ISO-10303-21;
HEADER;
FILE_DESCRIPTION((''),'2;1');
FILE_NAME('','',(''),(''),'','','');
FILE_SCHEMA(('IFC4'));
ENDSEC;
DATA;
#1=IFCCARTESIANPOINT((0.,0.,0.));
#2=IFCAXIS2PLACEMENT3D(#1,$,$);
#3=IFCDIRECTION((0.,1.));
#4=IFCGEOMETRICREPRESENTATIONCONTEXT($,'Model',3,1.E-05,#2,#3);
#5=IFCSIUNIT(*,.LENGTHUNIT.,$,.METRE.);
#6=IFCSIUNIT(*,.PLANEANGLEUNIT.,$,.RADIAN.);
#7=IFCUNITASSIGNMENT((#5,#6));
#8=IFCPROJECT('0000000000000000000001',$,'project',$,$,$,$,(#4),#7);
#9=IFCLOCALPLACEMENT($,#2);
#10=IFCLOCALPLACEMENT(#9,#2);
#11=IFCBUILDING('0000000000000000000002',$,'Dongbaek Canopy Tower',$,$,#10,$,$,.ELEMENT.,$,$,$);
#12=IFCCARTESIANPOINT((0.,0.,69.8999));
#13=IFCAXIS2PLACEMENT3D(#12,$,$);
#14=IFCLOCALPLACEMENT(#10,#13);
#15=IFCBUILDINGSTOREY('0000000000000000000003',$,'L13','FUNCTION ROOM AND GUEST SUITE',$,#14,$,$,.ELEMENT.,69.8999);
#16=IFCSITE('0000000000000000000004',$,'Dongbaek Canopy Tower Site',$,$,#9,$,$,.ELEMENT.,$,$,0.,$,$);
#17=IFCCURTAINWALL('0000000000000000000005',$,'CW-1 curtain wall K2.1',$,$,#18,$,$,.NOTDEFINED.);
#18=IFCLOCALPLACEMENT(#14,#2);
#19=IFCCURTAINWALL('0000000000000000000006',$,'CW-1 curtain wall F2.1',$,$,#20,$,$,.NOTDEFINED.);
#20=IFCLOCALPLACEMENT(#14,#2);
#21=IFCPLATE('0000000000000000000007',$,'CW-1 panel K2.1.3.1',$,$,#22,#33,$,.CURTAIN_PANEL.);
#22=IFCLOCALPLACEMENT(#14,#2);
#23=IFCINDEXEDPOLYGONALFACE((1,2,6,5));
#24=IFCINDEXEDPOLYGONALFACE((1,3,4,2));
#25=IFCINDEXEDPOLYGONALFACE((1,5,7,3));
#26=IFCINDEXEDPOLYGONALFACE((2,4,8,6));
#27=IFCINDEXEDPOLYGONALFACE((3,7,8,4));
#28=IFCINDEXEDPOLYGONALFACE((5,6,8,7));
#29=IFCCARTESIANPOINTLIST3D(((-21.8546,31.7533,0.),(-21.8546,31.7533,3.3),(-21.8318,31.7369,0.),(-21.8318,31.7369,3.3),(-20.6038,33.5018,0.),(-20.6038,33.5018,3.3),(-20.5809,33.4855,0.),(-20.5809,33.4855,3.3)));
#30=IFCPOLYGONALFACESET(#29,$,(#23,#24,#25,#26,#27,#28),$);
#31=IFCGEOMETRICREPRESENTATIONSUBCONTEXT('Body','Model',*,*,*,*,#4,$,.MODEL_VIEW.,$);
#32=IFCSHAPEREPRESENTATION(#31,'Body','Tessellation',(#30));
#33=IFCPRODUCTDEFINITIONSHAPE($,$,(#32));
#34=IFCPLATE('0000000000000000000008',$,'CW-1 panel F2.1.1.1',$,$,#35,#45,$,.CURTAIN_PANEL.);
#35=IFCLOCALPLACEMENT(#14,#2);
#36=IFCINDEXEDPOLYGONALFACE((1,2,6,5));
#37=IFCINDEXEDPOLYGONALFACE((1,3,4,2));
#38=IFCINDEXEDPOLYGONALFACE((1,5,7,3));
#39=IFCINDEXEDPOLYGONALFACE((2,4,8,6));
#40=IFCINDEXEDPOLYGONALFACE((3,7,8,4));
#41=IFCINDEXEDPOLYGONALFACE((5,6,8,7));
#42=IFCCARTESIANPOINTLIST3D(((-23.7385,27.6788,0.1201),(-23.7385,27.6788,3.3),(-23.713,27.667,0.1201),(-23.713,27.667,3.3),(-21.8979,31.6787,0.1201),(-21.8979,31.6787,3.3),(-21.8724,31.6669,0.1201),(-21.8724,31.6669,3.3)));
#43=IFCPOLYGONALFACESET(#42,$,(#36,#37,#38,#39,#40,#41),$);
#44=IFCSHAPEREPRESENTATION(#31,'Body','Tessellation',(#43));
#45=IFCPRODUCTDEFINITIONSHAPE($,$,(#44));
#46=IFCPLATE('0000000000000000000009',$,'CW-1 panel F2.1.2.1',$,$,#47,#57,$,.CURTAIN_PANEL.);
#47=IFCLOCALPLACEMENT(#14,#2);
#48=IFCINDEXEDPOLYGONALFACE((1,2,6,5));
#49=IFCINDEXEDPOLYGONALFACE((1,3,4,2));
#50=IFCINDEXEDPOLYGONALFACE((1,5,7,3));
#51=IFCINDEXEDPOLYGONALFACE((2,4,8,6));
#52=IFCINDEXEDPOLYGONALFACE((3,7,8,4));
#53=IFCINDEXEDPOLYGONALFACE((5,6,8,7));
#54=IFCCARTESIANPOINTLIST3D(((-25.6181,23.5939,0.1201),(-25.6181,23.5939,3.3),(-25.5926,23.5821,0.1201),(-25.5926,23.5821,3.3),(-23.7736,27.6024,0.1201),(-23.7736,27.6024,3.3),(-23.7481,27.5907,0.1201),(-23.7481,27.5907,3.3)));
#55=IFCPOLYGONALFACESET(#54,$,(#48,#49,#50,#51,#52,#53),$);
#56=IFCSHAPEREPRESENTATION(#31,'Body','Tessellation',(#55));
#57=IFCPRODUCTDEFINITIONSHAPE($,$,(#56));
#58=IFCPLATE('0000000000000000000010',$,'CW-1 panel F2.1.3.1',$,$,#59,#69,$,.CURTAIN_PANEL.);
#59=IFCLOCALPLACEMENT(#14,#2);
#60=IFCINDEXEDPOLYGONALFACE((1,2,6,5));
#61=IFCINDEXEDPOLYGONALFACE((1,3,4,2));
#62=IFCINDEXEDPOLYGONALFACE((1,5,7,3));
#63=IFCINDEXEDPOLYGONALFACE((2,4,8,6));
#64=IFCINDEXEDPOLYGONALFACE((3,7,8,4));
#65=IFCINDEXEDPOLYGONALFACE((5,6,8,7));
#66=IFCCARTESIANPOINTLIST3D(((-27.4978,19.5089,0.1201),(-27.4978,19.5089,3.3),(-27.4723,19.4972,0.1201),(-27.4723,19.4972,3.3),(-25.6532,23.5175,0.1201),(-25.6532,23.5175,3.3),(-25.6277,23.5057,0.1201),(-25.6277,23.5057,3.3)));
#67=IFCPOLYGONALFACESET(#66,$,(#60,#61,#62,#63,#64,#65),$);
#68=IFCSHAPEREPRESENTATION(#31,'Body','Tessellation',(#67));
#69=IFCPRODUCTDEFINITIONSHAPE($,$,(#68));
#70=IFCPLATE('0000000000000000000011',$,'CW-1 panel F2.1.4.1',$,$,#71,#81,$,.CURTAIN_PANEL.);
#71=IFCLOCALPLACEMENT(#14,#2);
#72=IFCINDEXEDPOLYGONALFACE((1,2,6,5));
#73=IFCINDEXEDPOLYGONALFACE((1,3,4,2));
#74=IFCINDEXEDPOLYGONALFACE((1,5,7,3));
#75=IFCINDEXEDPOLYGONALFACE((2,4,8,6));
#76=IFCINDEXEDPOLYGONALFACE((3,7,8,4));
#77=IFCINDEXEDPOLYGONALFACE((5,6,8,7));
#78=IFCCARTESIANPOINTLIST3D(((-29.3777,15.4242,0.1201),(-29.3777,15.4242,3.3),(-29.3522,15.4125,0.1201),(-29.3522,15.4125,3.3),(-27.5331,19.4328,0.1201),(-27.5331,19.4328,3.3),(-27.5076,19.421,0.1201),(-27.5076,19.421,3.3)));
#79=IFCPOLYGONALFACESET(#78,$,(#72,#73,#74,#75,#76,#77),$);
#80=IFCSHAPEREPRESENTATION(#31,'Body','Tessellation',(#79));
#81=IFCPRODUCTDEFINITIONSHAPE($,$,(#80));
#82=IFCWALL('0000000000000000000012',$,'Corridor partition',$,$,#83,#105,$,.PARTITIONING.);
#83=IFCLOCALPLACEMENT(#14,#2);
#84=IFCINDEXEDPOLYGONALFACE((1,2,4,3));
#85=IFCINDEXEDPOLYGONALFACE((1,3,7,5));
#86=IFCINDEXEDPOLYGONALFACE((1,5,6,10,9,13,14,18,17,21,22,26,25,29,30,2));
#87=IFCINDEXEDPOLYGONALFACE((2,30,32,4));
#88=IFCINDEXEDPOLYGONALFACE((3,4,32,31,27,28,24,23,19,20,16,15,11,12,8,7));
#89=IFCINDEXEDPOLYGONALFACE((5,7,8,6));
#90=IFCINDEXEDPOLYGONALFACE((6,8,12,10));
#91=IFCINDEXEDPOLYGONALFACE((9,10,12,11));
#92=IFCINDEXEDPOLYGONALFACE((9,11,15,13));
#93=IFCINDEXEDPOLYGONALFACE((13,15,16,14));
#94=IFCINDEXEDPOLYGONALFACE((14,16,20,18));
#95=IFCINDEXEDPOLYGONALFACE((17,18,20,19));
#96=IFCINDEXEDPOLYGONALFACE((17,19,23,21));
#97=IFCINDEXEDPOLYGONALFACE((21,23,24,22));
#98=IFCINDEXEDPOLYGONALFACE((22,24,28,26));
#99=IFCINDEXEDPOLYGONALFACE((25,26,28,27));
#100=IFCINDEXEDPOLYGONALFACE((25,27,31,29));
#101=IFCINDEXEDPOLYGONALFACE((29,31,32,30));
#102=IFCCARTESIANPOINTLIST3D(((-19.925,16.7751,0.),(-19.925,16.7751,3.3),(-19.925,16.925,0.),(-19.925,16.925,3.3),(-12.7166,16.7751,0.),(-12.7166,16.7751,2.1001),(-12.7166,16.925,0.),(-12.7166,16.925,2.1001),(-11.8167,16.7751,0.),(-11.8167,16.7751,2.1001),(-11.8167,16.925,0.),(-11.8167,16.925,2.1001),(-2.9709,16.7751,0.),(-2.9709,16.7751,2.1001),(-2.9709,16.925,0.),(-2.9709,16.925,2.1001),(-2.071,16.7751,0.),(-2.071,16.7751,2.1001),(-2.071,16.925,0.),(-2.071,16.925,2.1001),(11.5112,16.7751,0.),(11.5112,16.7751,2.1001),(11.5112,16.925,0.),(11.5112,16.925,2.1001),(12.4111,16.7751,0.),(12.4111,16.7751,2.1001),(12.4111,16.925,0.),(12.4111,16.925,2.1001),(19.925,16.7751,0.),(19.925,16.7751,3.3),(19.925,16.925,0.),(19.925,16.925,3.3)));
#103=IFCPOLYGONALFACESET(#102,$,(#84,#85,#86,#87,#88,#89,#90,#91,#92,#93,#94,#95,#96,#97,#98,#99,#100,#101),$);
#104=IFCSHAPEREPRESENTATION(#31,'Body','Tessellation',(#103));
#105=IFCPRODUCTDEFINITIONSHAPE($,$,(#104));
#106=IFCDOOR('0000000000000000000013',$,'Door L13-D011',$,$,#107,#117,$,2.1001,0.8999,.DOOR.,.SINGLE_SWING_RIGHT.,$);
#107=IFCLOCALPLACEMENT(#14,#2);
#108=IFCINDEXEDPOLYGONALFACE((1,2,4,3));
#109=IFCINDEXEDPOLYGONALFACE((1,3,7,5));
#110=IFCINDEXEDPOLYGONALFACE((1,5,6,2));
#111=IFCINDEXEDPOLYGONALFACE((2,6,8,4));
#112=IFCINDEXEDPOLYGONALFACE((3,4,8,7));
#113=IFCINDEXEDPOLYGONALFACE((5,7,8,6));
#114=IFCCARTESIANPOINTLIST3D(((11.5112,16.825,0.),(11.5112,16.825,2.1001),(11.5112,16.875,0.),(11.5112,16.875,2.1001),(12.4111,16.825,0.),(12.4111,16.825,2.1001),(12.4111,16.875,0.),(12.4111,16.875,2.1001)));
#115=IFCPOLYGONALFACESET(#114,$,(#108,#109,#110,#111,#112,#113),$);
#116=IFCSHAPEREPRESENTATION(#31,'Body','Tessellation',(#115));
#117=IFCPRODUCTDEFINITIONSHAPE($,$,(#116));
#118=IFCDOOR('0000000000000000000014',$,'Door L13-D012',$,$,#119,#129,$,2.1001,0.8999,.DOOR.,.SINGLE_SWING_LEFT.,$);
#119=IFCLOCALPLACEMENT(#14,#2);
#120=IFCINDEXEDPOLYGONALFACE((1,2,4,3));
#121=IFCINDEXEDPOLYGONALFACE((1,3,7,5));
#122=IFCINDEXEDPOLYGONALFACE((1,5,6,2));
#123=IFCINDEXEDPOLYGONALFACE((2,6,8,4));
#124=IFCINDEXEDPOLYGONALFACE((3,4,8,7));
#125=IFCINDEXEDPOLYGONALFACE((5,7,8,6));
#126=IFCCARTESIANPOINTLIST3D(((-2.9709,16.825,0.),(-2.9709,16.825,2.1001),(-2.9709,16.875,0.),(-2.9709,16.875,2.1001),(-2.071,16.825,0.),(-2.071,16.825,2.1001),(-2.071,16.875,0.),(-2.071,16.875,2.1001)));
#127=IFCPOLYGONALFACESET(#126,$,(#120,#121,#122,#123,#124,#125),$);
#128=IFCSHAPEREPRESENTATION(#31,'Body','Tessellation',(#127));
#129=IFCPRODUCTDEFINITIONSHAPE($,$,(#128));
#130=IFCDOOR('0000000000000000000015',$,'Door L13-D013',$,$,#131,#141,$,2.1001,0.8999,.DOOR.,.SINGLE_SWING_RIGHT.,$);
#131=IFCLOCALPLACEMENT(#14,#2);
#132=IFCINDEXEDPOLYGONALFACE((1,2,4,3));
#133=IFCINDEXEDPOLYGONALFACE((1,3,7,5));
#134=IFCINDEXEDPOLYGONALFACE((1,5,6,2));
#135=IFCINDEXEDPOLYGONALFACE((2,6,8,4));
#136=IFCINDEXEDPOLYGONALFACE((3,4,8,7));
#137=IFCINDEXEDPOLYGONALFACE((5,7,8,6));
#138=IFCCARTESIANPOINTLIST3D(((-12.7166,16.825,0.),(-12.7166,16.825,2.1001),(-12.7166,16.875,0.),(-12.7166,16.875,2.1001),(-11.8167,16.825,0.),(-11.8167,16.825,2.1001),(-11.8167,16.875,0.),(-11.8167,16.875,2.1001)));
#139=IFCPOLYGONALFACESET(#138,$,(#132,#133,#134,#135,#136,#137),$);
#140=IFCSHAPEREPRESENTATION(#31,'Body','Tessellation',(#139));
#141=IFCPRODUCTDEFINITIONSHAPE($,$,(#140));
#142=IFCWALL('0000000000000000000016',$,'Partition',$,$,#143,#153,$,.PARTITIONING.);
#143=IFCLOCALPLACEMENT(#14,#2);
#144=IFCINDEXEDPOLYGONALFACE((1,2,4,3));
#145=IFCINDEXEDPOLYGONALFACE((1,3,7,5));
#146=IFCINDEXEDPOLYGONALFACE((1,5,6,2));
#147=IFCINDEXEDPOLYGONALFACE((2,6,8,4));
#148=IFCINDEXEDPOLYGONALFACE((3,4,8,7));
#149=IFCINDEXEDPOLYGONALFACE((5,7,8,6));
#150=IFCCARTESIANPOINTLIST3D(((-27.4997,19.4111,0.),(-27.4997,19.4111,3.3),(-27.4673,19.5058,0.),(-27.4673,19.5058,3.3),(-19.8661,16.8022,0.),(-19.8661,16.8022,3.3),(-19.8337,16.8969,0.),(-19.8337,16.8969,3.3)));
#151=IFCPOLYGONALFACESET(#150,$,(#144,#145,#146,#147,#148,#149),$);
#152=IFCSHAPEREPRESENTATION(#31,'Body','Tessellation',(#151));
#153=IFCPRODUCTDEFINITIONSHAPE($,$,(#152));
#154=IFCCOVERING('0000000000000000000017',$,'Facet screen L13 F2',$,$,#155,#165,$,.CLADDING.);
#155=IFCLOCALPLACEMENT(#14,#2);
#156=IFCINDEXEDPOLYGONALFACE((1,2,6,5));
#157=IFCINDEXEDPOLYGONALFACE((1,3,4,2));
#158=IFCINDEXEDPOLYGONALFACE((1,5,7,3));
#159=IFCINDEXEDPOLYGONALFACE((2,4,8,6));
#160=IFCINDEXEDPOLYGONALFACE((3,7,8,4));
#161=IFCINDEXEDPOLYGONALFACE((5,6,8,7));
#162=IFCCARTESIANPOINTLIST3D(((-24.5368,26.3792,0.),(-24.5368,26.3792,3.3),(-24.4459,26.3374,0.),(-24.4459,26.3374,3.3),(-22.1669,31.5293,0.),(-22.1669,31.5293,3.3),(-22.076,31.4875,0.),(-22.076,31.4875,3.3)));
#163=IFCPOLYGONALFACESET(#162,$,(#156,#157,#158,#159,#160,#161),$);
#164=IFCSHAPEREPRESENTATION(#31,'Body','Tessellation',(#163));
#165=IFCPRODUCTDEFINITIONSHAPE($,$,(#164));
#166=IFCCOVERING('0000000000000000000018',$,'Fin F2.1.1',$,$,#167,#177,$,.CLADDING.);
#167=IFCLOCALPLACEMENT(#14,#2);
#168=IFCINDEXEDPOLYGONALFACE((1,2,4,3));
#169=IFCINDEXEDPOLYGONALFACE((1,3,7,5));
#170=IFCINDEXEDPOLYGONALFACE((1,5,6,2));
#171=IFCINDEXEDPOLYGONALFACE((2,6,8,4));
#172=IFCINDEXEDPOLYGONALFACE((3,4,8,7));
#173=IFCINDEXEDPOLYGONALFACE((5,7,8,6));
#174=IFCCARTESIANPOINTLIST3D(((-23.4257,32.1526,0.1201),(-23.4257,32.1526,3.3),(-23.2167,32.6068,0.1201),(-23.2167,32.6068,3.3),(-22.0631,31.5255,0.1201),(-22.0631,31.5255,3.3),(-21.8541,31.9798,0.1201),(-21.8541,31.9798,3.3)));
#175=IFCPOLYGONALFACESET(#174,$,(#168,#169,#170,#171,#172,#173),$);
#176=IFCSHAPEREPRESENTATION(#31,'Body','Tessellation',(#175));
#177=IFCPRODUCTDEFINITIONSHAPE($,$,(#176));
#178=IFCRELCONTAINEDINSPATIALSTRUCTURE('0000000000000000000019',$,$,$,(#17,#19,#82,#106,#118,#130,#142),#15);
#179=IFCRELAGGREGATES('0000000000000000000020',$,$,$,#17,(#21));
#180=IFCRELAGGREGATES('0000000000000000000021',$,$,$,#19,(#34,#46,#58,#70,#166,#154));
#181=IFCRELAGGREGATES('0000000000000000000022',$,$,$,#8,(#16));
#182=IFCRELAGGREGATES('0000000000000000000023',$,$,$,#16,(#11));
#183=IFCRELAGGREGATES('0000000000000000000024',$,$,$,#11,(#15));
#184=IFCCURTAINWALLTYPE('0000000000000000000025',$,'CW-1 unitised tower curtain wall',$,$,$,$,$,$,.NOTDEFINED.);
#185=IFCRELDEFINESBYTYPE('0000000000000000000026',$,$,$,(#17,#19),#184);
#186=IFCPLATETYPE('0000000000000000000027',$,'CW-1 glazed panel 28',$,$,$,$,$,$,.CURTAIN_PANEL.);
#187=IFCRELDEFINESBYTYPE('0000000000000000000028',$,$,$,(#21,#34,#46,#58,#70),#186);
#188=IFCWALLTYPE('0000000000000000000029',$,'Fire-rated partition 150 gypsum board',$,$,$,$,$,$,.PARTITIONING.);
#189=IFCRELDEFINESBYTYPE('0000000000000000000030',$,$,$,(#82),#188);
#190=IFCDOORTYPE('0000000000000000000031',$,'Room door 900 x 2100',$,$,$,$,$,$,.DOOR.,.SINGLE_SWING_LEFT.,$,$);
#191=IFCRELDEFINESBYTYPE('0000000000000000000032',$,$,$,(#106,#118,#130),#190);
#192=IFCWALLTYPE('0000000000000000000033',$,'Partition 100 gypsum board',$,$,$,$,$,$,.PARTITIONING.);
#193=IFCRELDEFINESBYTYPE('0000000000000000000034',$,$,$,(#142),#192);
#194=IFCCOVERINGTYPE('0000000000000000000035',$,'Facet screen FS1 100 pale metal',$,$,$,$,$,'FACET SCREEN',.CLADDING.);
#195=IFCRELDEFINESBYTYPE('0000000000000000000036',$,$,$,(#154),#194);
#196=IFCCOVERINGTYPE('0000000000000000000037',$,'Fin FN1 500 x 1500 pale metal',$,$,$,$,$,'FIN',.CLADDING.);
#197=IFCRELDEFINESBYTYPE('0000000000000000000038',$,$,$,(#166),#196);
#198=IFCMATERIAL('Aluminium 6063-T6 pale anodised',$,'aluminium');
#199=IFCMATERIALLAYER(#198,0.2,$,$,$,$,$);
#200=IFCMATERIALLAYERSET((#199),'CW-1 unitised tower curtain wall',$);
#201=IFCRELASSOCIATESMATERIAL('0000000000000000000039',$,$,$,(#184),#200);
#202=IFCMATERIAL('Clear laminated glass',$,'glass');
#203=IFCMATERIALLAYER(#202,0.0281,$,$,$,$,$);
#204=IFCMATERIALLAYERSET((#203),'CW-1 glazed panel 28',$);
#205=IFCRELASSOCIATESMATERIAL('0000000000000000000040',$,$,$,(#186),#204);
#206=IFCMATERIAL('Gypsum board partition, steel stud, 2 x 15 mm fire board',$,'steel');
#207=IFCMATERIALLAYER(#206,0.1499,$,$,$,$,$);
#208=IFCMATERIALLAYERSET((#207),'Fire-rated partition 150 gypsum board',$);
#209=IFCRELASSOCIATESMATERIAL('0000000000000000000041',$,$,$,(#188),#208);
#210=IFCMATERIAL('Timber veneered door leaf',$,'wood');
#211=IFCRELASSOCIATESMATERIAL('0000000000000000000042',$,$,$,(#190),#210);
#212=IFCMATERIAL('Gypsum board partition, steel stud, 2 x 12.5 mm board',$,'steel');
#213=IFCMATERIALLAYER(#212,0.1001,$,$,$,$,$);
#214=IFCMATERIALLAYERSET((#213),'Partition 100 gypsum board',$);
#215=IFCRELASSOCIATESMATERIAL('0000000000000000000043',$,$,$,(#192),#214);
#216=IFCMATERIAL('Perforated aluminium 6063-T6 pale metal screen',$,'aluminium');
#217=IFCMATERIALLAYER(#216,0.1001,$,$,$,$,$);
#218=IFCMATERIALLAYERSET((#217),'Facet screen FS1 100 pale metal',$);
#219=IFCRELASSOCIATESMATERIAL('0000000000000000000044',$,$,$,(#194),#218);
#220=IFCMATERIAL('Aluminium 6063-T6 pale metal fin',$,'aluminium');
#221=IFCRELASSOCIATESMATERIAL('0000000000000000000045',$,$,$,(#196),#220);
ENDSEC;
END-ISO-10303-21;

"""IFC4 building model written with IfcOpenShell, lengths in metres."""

from ifc_helpers import new_model, si_unit, direction, frame, frame_2d, origin, origin_2d, place, context, subcontext, project, spatial, rectangle, extrude, material, layer, layer_set, material_profile, profile_set, type_object, element, fill, aggregate, save


model = new_model("IFC4")

# Units and contexts
model_context = context("Model", 3, precision=1e-05, world=origin(), true_north=direction((0.0, 1.0)))
body_context = subcontext(model_context, "Body", "Model", "MODEL_VIEW")
ifc_project = project(units=[si_unit("LENGTHUNIT", "METRE"), si_unit("PLANEANGLEUNIT", "RADIAN")], contexts=[model_context])

# Site, building, storey
site_placement = place(None, origin())
site = spatial("IfcSite", under=ifc_project, at=site_placement, Name="Dongbaek Canopy Tower Site", CompositionType="ELEMENT", RefElevation=0.0)
building_placement = place(site_placement, origin())
building = spatial("IfcBuilding", under=site, at=building_placement, Name="Dongbaek Canopy Tower", CompositionType="ELEMENT")
storey_placement = place(building_placement, frame((0.0, 0.0, 69.8999)))
storey = spatial("IfcBuildingStorey", under=building, at=storey_placement, Name="L13", Description="FUNCTION ROOM AND GUEST SUITE", CompositionType="ELEMENT", Elevation=69.8999)

# Curtain walls
ifc_material_1 = material(Name="Aluminium 6063-T6 pale anodised", Category="aluminium")
ifc_layer_1 = layer(ifc_material_1, 0.2)
ifc_layer_set_1 = layer_set([ifc_layer_1], Name="CW-1 unitised tower curtain wall")
curtain_wall_type = type_object("IfcCurtainWallType", Name="CW-1 unitised tower curtain wall", PredefinedType="NOTDEFINED", material=ifc_layer_set_1)
curtain_wall_1_placement = place(storey_placement, origin())
curtain_wall_1 = element("IfcCurtainWall", 1, at=curtain_wall_1_placement, inside=storey, type_object=curtain_wall_type, Name="CW-1 curtain wall K2.1", PredefinedType="NOTDEFINED")
curtain_wall_2_placement = place(storey_placement, origin())
curtain_wall_2 = element("IfcCurtainWall", 2, at=curtain_wall_2_placement, inside=storey, type_object=curtain_wall_type, Name="CW-1 curtain wall F2.1", PredefinedType="NOTDEFINED")

# Plates
ifc_material_2 = material(Name="Clear laminated glass", Category="glass")
ifc_layer_2 = layer(ifc_material_2, 0.0281)
ifc_layer_set_2 = layer_set([ifc_layer_2], Name="CW-1 glazed panel 28")
plate_type = type_object("IfcPlateType", Name="CW-1 glazed panel 28", PredefinedType="CURTAIN_PANEL", material=ifc_layer_set_2)
plate_1_placement = place(storey_placement, frame((-21.2178, 32.6194, 0.0), z_axis=(0.0, 0.0, 1.0), x_axis=(-0.58181, -0.813325, 0.0)))
plate_1 = element("IfcPlate", 3, at=plate_1_placement, type_object=plate_type, Name="CW-1 panel K2.1.3.1", PredefinedType="CURTAIN_PANEL", context=body_context, shape_type="SweptSolid", body=[
    extrude(rectangle(XDim=2.1499, YDim=0.0281, at=origin_2d()), origin(), (0.0, 0.0, 1.0), 3.3),
])
aggregate(curtain_wall_1, [plate_1])
plate_2_placement = place(storey_placement, frame((-22.8054, 29.6729, 0.1201), z_axis=(0.0, 0.0, 1.0), x_axis=(-0.418025, -0.908436, 0.0)))
plate_2 = element("IfcPlate", 4, at=plate_2_placement, type_object=plate_type, Name="CW-1 panel F2.1.1.1", PredefinedType="CURTAIN_PANEL", context=body_context, shape_type="SweptSolid", body=[
    extrude(rectangle(XDim=4.4031, YDim=0.0281, at=origin_2d()), origin(), (0.0, 0.0, 1.0), 3.1799),
])
plate_3_placement = place(storey_placement, frame((-24.6831, 25.5923, 0.1201), z_axis=(0.0, 0.0, 1.0), x_axis=(-0.418025, -0.908436, 0.0)))
plate_3 = element("IfcPlate", 5, at=plate_3_placement, type_object=plate_type, Name="CW-1 panel F2.1.2.1", PredefinedType="CURTAIN_PANEL", context=body_context, shape_type="SweptSolid", body=[
    extrude(rectangle(XDim=4.4126, YDim=0.0281, at=origin_2d()), origin(), (0.0, 0.0, 1.0), 3.1799),
])
plate_4_placement = place(storey_placement, frame((-26.5627, 21.5073, 0.1201), z_axis=(0.0, 0.0, 1.0), x_axis=(-0.418025, -0.908436, 0.0)))
plate_4 = element("IfcPlate", 6, at=plate_4_placement, type_object=plate_type, Name="CW-1 panel F2.1.3.1", PredefinedType="CURTAIN_PANEL", context=body_context, shape_type="SweptSolid", body=[
    extrude(rectangle(XDim=4.4126, YDim=0.0281, at=origin_2d()), origin(), (0.0, 0.0, 1.0), 3.1799),
])
plate_5_placement = place(storey_placement, frame((-28.4426, 17.4226, 0.1201), z_axis=(0.0, 0.0, 1.0), x_axis=(-0.418025, -0.908436, 0.0)))
plate_5 = element("IfcPlate", 7, at=plate_5_placement, type_object=plate_type, Name="CW-1 panel F2.1.4.1", PredefinedType="CURTAIN_PANEL", context=body_context, shape_type="SweptSolid", body=[
    extrude(rectangle(XDim=4.4126, YDim=0.0281, at=origin_2d()), origin(), (0.0, 0.0, 1.0), 3.1799),
])

# Wall, openings, doors
ifc_material_3 = material(Name="Gypsum board partition, steel stud, 2 x 15 mm fire board", Category="steel")
ifc_layer_3 = layer(ifc_material_3, 0.1499)
ifc_layer_set_3 = layer_set([ifc_layer_3], Name="Fire-rated partition 150 gypsum board")
wall_type_1 = type_object("IfcWallType", Name="Fire-rated partition 150 gypsum board", PredefinedType="PARTITIONING", material=ifc_layer_set_3)
wall_1_placement = place(storey_placement, frame((-19.925, 16.8501, 0.0), z_axis=(0.0, 0.0, 1.0), x_axis=(1.0, 0.0, 0.0)))
wall_1 = element("IfcWall", 8, at=wall_1_placement, inside=storey, type_object=wall_type_1, Name="Corridor partition", PredefinedType="PARTITIONING", context=body_context, shape_type="SweptSolid", body=[
    extrude(rectangle(XDim=39.8501, YDim=0.1499, at=frame_2d((19.925, 0.0))), origin(), (0.0, 0.0, 1.0), 3.3),
])
opening_1_placement = place(wall_1_placement, frame((31.4363, 0.0, 0.0)))
opening_1 = element("IfcOpeningElement", 9, at=opening_1_placement, cuts=wall_1, PredefinedType="OPENING", context=body_context, shape_type="SweptSolid", body=[
    extrude(rectangle(XDim=0.8999, YDim=2.1001, at=frame_2d((0.45, 1.05))), frame((0.0, 0.085, 0.0), z_axis=(0.0, -1.0, 0.0), x_axis=(1.0, 0.0, 0.0)), (0.0, 0.0, 1.0), 0.1699),
])
opening_2_placement = place(wall_1_placement, frame((16.9541, 0.0, 0.0)))
opening_2 = element("IfcOpeningElement", 10, at=opening_2_placement, cuts=wall_1, PredefinedType="OPENING", context=body_context, shape_type="SweptSolid", body=[
    extrude(rectangle(XDim=0.8999, YDim=2.1001, at=frame_2d((0.45, 1.05))), frame((0.0, 0.085, 0.0), z_axis=(0.0, -1.0, 0.0), x_axis=(1.0, 0.0, 0.0)), (0.0, 0.0, 1.0), 0.1699),
])
opening_3_placement = place(wall_1_placement, frame((7.2085, 0.0, 0.0)))
opening_3 = element("IfcOpeningElement", 11, at=opening_3_placement, cuts=wall_1, PredefinedType="OPENING", context=body_context, shape_type="SweptSolid", body=[
    extrude(rectangle(XDim=0.8999, YDim=2.1001, at=frame_2d((0.45, 1.05))), frame((0.0, 0.085, 0.0), z_axis=(0.0, -1.0, 0.0), x_axis=(1.0, 0.0, 0.0)), (0.0, 0.0, 1.0), 0.1699),
])
ifc_material_4 = material(Name="Timber veneered door leaf", Category="wood")
door_type = type_object("IfcDoorType", Name="Room door 900 x 2100", OperationType="SINGLE_SWING_LEFT", PredefinedType="DOOR", material=ifc_material_4)
door_1_placement = place(opening_1_placement, origin())
door_1 = element("IfcDoor", 12, at=door_1_placement, inside=storey, type_object=door_type, Name="Door L13-D011", OperationType="SINGLE_SWING_RIGHT", OverallHeight=2.1001, OverallWidth=0.8999, PredefinedType="DOOR", context=body_context, shape_type="SweptSolid", body=[
    extrude(rectangle(XDim=0.8999, YDim=2.1001, at=frame_2d((0.45, 1.05))), frame((0.0, 0.0249, 0.0), z_axis=(0.0, -1.0, 0.0), x_axis=(1.0, 0.0, 0.0)), (0.0, 0.0, 1.0), 0.05),
])
fill(opening_1, door_1)
door_2_placement = place(opening_2_placement, origin())
door_2 = element("IfcDoor", 13, at=door_2_placement, inside=storey, type_object=door_type, Name="Door L13-D012", OperationType="SINGLE_SWING_LEFT", OverallHeight=2.1001, OverallWidth=0.8999, PredefinedType="DOOR", context=body_context, shape_type="SweptSolid", body=[
    extrude(rectangle(XDim=0.8999, YDim=2.1001, at=frame_2d((0.45, 1.05))), frame((0.0, 0.0249, 0.0), z_axis=(0.0, -1.0, 0.0), x_axis=(1.0, 0.0, 0.0)), (0.0, 0.0, 1.0), 0.05),
])
fill(opening_2, door_2)
door_3_placement = place(opening_3_placement, origin())
door_3 = element("IfcDoor", 14, at=door_3_placement, inside=storey, type_object=door_type, Name="Door L13-D013", OperationType="SINGLE_SWING_RIGHT", OverallHeight=2.1001, OverallWidth=0.8999, PredefinedType="DOOR", context=body_context, shape_type="SweptSolid", body=[
    extrude(rectangle(XDim=0.8999, YDim=2.1001, at=frame_2d((0.45, 1.05))), frame((0.0, 0.0249, 0.0), z_axis=(0.0, -1.0, 0.0), x_axis=(1.0, 0.0, 0.0)), (0.0, 0.0, 1.0), 0.05),
])
fill(opening_3, door_3)

# Wall
ifc_material_5 = material(Name="Gypsum board partition, steel stud, 2 x 12.5 mm board", Category="steel")
ifc_layer_4 = layer(ifc_material_5, 0.1001)
ifc_layer_set_4 = layer_set([ifc_layer_4], Name="Partition 100 gypsum board")
wall_type_2 = type_object("IfcWallType", Name="Partition 100 gypsum board", PredefinedType="PARTITIONING", material=ifc_layer_set_4)
wall_2_placement = place(storey_placement, frame((-27.4836, 19.4585, 0.0), z_axis=(0.0, 0.0, 1.0), x_axis=(0.946262, -0.3234, 0.0)))
element("IfcWall", 15, at=wall_2_placement, inside=storey, type_object=wall_type_2, Name="Partition", PredefinedType="PARTITIONING", context=body_context, shape_type="SweptSolid", body=[
    extrude(rectangle(XDim=8.0671, YDim=0.1001, at=frame_2d((4.0337, 0.0))), origin(), (0.0, 0.0, 1.0), 3.3),
])

# Coverings
ifc_material_6 = material(Name="Perforated aluminium 6063-T6 pale metal screen", Category="aluminium")
ifc_layer_5 = layer(ifc_material_6, 0.1001)
ifc_layer_set_5 = layer_set([ifc_layer_5], Name="Facet screen FS1 100 pale metal")
covering_type_1 = type_object("IfcCoveringType", Name="Facet screen FS1 100 pale metal", ElementType="FACET SCREEN", PredefinedType="CLADDING", material=ifc_layer_set_5)
covering_1_placement = place(storey_placement, frame((-23.3064, 28.9333, 0.0), z_axis=(0.0, 0.0, 1.0), x_axis=(-0.418024, -0.908436, 0.0)))
covering_1 = element("IfcCovering", 16, at=covering_1_placement, type_object=covering_type_1, Name="Facet screen L13 F2", PredefinedType="CLADDING", context=body_context, shape_type="SweptSolid", body=[
    extrude(rectangle(XDim=5.6692, YDim=0.1001, at=origin_2d()), origin(), (0.0, 0.0, 1.0), 3.3),
])
ifc_material_7 = material(Name="Aluminium 6063-T6 pale metal fin", Category="aluminium")
ifc_material_profile_1 = material_profile(ifc_material_7, rectangle(XDim=1.5, YDim=0.5, at=origin_2d()), Name="Fin FN1 500 x 1500 pale metal")
ifc_profile_set_1 = profile_set([ifc_material_profile_1], Name="Aluminium 6063-T6 pale metal fin")
covering_type_2 = type_object("IfcCoveringType", Name="Fin FN1 500 x 1500 pale metal", ElementType="FIN", PredefinedType="CLADDING", material=ifc_profile_set_1)
covering_2_placement = place(storey_placement, frame((-22.6399, 32.0662, 0.1201), z_axis=(0.0, 0.0, 1.0), x_axis=(-0.908436, 0.418025, 0.0)))
covering_2 = element("IfcCovering", 17, at=covering_2_placement, type_object=covering_type_2, Name="Fin F2.1.1", PredefinedType="CLADDING", context=body_context, shape_type="SweptSolid", body=[
    extrude(rectangle(XDim=1.5, YDim=0.5, at=origin_2d()), origin(), (0.0, 0.0, 1.0), 3.1799),
])
aggregate(curtain_wall_2, [plate_2, plate_3, plate_4, plate_5, covering_2, covering_1])

save(model, "model.ifc")
